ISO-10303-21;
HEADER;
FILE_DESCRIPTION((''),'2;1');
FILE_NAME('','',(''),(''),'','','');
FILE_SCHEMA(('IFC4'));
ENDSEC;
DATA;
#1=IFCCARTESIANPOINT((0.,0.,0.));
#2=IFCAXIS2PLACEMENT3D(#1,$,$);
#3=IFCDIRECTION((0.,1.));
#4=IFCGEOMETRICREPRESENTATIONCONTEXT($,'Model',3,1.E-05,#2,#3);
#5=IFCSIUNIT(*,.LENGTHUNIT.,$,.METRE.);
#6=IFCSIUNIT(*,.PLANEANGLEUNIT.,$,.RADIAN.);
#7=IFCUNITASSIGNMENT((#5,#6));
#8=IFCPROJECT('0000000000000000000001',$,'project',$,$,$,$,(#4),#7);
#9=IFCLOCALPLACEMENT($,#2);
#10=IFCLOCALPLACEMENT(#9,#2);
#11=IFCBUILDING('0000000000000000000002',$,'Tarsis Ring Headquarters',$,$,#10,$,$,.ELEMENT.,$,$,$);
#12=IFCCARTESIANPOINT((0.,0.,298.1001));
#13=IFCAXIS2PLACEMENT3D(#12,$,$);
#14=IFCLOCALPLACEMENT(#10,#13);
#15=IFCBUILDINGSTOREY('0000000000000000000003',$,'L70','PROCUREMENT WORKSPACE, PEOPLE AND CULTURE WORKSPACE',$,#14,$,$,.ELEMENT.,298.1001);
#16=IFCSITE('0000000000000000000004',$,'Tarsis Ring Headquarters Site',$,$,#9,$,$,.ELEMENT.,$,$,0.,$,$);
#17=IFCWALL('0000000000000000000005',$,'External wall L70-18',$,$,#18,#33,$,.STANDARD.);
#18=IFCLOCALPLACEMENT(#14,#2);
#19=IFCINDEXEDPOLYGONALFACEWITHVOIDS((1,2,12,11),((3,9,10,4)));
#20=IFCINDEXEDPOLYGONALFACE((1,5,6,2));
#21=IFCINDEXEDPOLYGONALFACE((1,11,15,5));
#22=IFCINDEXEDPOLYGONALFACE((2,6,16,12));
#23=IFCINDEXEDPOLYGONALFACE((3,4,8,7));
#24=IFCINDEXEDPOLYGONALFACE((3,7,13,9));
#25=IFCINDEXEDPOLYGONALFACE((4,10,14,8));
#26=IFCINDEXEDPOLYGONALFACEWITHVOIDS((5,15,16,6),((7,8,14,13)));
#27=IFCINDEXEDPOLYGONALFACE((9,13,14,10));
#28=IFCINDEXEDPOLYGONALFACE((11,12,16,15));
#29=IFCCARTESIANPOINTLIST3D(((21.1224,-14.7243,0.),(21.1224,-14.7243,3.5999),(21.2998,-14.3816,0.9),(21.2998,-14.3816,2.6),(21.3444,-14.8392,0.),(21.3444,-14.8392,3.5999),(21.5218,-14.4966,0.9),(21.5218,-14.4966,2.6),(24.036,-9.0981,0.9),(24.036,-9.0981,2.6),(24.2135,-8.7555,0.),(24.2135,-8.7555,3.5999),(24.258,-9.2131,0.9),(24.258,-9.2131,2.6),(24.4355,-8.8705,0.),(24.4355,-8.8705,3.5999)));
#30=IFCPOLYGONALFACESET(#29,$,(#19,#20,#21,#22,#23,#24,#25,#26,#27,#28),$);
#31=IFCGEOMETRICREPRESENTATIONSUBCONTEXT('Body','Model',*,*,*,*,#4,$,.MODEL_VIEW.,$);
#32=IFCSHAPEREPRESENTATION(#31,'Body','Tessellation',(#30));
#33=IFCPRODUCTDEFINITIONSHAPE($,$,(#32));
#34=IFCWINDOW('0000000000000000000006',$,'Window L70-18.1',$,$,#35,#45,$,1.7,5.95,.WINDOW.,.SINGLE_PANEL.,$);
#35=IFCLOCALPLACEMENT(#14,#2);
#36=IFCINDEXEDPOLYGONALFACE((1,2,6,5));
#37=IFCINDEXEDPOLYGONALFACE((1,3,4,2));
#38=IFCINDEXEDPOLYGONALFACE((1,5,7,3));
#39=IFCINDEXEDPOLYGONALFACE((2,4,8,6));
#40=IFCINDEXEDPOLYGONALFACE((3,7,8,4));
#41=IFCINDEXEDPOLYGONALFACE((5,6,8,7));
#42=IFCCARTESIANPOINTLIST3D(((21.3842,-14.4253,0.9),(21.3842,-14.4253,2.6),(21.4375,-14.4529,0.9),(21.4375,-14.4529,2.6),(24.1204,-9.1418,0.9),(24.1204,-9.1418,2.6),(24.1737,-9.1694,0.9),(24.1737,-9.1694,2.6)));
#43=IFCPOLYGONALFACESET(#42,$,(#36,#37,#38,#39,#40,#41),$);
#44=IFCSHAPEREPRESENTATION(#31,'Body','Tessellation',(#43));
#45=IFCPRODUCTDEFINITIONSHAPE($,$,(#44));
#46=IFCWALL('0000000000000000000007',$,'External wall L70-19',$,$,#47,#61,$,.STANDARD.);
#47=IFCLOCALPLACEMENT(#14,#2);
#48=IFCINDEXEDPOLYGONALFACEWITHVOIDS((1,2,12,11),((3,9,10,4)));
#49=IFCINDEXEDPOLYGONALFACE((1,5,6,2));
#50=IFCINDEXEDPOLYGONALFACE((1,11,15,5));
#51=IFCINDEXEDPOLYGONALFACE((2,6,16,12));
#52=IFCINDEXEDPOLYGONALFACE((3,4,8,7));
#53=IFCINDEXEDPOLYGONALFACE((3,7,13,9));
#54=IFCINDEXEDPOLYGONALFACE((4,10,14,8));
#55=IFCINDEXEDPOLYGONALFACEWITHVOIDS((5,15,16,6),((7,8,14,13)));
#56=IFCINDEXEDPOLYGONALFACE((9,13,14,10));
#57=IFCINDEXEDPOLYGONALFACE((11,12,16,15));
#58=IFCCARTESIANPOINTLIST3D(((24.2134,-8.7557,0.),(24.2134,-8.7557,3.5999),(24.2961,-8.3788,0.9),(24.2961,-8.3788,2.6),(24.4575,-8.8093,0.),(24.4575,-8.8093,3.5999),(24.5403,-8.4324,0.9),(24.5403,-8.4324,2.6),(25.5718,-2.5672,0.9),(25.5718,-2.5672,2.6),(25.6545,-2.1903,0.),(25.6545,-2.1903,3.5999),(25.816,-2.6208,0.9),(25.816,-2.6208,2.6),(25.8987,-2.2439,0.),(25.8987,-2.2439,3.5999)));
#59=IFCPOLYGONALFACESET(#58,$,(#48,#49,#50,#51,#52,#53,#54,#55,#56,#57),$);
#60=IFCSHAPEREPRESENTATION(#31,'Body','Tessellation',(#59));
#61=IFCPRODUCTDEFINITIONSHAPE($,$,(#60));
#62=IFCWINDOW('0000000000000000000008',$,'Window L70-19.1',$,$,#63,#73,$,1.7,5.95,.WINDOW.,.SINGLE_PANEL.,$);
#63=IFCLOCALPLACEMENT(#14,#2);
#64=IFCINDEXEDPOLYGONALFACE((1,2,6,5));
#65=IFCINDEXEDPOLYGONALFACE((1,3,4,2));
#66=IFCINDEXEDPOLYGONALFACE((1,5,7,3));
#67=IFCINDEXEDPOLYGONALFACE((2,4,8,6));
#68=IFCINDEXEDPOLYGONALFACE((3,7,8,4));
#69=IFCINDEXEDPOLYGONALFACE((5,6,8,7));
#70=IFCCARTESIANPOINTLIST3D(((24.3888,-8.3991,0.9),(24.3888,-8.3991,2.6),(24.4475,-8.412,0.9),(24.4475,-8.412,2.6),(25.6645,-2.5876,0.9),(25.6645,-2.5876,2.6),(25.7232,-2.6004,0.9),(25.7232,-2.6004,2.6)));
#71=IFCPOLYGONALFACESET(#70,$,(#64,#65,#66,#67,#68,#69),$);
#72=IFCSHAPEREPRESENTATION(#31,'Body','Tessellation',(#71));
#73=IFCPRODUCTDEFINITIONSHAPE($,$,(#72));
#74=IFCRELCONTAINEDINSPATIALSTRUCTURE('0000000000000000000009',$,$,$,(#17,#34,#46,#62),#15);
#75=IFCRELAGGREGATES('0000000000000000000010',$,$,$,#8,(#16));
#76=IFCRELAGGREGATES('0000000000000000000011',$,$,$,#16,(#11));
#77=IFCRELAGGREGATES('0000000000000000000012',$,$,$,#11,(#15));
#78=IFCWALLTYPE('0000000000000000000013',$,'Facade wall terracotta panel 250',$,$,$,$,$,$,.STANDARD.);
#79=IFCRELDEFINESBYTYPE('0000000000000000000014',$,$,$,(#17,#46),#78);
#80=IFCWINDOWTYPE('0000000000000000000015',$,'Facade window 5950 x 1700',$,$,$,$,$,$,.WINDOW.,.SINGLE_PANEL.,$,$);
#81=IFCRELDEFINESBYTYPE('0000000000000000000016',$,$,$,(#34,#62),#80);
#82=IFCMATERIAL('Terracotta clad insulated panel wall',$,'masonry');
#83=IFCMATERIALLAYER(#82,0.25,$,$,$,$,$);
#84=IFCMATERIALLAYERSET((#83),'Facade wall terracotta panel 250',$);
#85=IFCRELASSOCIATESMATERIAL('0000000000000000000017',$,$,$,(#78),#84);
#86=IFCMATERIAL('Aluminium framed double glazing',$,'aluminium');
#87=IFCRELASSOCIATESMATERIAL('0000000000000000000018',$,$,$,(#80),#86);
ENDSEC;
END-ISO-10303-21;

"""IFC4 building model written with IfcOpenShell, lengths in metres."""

from ifc_helpers import new_model, si_unit, direction, frame, frame_2d, origin, place, context, subcontext, project, spatial, rectangle, extrude, material, layer, layer_set, type_object, element, fill, save


model = new_model("IFC4")

# Units and contexts
model_context = context("Model", 3, precision=1e-05, world=origin(), true_north=direction((0.0, 1.0)))
body_context = subcontext(model_context, "Body", "Model", "MODEL_VIEW")
ifc_project = project(units=[si_unit("LENGTHUNIT", "METRE"), si_unit("PLANEANGLEUNIT", "RADIAN")], contexts=[model_context])

# Site, building, storey
site_placement = place(None, origin())
site = spatial("IfcSite", under=ifc_project, at=site_placement, Name="Tarsis Ring Headquarters Site", CompositionType="ELEMENT", RefElevation=0.0)
building_placement = place(site_placement, origin())
building = spatial("IfcBuilding", under=site, at=building_placement, Name="Tarsis Ring Headquarters", CompositionType="ELEMENT")
storey_placement = place(building_placement, frame((0.0, 0.0, 298.1001)))
storey = spatial("IfcBuildingStorey", under=building, at=storey_placement, Name="L70", Description="PROCUREMENT WORKSPACE, PEOPLE AND CULTURE WORKSPACE", CompositionType="ELEMENT", Elevation=298.1001)

# Walls, openings, windows
ifc_material_1 = material(Name="Terracotta clad insulated panel wall", Category="masonry")
ifc_layer_1 = layer(ifc_material_1, 0.25)
ifc_layer_set_1 = layer_set([ifc_layer_1], Name="Facade wall terracotta panel 250")
wall_type_1 = type_object("IfcWallType", Name="Facade wall terracotta panel 250", PredefinedType="STANDARD", material=ifc_layer_set_1)
ifc_material_2 = material(Name="Aluminium framed double glazing", Category="aluminium")
wall_1_placement = place(storey_placement, frame((21.2334, -14.7817, 0.0), z_axis=(0.0, 0.0, 1.0), x_axis=(0.459867, 0.887988, 0.0)))
wall_1 = element("IfcWall", 1, at=wall_1_placement, inside=storey, type_object=wall_type_1, Name="External wall L70-18", PredefinedType="STANDARD", context=body_context, shape_type="SweptSolid", body=[
    extrude(rectangle(XDim=6.7217, YDim=0.25, at=frame_2d((3.3608, 0.0))), origin(), (0.0, 0.0, 1.0), 3.5999),
])
opening_1_placement = place(wall_1_placement, frame((0.3857, 0.0, 0.8999)))
opening_1 = element("IfcOpeningElement", 2, at=opening_1_placement, cuts=wall_1, PredefinedType="OPENING", context=body_context, shape_type="SweptSolid", body=[
    extrude(rectangle(XDim=5.95, YDim=1.7, at=frame_2d((2.9751, 0.8501))), frame((0.0, 0.135, 0.0), z_axis=(0.0, -1.0, 0.0), x_axis=(1.0, 0.0, 0.0)), (0.0, 0.0, 1.0), 0.27),
])
window_type_1 = type_object("IfcWindowType", Name="Facade window 5950 x 1700", PartitioningType="SINGLE_PANEL", PredefinedType="WINDOW", material=ifc_material_2)
window_1_placement = place(opening_1_placement, origin())
window_1 = element("IfcWindow", 3, at=window_1_placement, inside=storey, type_object=window_type_1, Name="Window L70-18.1", OverallHeight=1.7, OverallWidth=5.95, PartitioningType="SINGLE_PANEL", PredefinedType="WINDOW", context=body_context, shape_type="SweptSolid", body=[
    extrude(rectangle(XDim=5.95, YDim=1.7, at=frame_2d((2.9751, 0.8501))), frame((0.0, 0.03, 0.0), z_axis=(0.0, -1.0, 0.0), x_axis=(1.0, 0.0, 0.0)), (0.0, 0.0, 1.0), 0.0601),
])
fill(opening_1, window_1)
wall_2_placement = place(storey_placement, frame((24.3354, -8.7825, 0.0), z_axis=(0.0, 0.0, 1.0), x_axis=(0.214403, 0.976745, 0.0)))
wall_2 = element("IfcWall", 4, at=wall_2_placement, inside=storey, type_object=wall_type_1, Name="External wall L70-19", PredefinedType="STANDARD", context=body_context, shape_type="SweptSolid", body=[
    extrude(rectangle(XDim=6.7217, YDim=0.25, at=frame_2d((3.3608, 0.0))), origin(), (0.0, 0.0, 1.0), 3.5999),
])
opening_2_placement = place(wall_2_placement, frame((0.3857, 0.0, 0.8999)))
opening_2 = element("IfcOpeningElement", 5, at=opening_2_placement, cuts=wall_2, PredefinedType="OPENING", context=body_context, shape_type="SweptSolid", body=[
    extrude(rectangle(XDim=5.95, YDim=1.7, at=frame_2d((2.9751, 0.8501))), frame((0.0, 0.135, 0.0), z_axis=(0.0, -1.0, 0.0), x_axis=(1.0, 0.0, 0.0)), (0.0, 0.0, 1.0), 0.27),
])
window_2_placement = place(opening_2_placement, origin())
window_2 = element("IfcWindow", 6, at=window_2_placement, inside=storey, type_object=window_type_1, Name="Window L70-19.1", OverallHeight=1.7, OverallWidth=5.95, PartitioningType="SINGLE_PANEL", PredefinedType="WINDOW", context=body_context, shape_type="SweptSolid", body=[
    extrude(rectangle(XDim=5.95, YDim=1.7, at=frame_2d((2.9751, 0.8501))), frame((0.0, 0.03, 0.0), z_axis=(0.0, -1.0, 0.0), x_axis=(1.0, 0.0, 0.0)), (0.0, 0.0, 1.0), 0.0601),
])
fill(opening_2, window_2)

save(model, "model.ifc")
